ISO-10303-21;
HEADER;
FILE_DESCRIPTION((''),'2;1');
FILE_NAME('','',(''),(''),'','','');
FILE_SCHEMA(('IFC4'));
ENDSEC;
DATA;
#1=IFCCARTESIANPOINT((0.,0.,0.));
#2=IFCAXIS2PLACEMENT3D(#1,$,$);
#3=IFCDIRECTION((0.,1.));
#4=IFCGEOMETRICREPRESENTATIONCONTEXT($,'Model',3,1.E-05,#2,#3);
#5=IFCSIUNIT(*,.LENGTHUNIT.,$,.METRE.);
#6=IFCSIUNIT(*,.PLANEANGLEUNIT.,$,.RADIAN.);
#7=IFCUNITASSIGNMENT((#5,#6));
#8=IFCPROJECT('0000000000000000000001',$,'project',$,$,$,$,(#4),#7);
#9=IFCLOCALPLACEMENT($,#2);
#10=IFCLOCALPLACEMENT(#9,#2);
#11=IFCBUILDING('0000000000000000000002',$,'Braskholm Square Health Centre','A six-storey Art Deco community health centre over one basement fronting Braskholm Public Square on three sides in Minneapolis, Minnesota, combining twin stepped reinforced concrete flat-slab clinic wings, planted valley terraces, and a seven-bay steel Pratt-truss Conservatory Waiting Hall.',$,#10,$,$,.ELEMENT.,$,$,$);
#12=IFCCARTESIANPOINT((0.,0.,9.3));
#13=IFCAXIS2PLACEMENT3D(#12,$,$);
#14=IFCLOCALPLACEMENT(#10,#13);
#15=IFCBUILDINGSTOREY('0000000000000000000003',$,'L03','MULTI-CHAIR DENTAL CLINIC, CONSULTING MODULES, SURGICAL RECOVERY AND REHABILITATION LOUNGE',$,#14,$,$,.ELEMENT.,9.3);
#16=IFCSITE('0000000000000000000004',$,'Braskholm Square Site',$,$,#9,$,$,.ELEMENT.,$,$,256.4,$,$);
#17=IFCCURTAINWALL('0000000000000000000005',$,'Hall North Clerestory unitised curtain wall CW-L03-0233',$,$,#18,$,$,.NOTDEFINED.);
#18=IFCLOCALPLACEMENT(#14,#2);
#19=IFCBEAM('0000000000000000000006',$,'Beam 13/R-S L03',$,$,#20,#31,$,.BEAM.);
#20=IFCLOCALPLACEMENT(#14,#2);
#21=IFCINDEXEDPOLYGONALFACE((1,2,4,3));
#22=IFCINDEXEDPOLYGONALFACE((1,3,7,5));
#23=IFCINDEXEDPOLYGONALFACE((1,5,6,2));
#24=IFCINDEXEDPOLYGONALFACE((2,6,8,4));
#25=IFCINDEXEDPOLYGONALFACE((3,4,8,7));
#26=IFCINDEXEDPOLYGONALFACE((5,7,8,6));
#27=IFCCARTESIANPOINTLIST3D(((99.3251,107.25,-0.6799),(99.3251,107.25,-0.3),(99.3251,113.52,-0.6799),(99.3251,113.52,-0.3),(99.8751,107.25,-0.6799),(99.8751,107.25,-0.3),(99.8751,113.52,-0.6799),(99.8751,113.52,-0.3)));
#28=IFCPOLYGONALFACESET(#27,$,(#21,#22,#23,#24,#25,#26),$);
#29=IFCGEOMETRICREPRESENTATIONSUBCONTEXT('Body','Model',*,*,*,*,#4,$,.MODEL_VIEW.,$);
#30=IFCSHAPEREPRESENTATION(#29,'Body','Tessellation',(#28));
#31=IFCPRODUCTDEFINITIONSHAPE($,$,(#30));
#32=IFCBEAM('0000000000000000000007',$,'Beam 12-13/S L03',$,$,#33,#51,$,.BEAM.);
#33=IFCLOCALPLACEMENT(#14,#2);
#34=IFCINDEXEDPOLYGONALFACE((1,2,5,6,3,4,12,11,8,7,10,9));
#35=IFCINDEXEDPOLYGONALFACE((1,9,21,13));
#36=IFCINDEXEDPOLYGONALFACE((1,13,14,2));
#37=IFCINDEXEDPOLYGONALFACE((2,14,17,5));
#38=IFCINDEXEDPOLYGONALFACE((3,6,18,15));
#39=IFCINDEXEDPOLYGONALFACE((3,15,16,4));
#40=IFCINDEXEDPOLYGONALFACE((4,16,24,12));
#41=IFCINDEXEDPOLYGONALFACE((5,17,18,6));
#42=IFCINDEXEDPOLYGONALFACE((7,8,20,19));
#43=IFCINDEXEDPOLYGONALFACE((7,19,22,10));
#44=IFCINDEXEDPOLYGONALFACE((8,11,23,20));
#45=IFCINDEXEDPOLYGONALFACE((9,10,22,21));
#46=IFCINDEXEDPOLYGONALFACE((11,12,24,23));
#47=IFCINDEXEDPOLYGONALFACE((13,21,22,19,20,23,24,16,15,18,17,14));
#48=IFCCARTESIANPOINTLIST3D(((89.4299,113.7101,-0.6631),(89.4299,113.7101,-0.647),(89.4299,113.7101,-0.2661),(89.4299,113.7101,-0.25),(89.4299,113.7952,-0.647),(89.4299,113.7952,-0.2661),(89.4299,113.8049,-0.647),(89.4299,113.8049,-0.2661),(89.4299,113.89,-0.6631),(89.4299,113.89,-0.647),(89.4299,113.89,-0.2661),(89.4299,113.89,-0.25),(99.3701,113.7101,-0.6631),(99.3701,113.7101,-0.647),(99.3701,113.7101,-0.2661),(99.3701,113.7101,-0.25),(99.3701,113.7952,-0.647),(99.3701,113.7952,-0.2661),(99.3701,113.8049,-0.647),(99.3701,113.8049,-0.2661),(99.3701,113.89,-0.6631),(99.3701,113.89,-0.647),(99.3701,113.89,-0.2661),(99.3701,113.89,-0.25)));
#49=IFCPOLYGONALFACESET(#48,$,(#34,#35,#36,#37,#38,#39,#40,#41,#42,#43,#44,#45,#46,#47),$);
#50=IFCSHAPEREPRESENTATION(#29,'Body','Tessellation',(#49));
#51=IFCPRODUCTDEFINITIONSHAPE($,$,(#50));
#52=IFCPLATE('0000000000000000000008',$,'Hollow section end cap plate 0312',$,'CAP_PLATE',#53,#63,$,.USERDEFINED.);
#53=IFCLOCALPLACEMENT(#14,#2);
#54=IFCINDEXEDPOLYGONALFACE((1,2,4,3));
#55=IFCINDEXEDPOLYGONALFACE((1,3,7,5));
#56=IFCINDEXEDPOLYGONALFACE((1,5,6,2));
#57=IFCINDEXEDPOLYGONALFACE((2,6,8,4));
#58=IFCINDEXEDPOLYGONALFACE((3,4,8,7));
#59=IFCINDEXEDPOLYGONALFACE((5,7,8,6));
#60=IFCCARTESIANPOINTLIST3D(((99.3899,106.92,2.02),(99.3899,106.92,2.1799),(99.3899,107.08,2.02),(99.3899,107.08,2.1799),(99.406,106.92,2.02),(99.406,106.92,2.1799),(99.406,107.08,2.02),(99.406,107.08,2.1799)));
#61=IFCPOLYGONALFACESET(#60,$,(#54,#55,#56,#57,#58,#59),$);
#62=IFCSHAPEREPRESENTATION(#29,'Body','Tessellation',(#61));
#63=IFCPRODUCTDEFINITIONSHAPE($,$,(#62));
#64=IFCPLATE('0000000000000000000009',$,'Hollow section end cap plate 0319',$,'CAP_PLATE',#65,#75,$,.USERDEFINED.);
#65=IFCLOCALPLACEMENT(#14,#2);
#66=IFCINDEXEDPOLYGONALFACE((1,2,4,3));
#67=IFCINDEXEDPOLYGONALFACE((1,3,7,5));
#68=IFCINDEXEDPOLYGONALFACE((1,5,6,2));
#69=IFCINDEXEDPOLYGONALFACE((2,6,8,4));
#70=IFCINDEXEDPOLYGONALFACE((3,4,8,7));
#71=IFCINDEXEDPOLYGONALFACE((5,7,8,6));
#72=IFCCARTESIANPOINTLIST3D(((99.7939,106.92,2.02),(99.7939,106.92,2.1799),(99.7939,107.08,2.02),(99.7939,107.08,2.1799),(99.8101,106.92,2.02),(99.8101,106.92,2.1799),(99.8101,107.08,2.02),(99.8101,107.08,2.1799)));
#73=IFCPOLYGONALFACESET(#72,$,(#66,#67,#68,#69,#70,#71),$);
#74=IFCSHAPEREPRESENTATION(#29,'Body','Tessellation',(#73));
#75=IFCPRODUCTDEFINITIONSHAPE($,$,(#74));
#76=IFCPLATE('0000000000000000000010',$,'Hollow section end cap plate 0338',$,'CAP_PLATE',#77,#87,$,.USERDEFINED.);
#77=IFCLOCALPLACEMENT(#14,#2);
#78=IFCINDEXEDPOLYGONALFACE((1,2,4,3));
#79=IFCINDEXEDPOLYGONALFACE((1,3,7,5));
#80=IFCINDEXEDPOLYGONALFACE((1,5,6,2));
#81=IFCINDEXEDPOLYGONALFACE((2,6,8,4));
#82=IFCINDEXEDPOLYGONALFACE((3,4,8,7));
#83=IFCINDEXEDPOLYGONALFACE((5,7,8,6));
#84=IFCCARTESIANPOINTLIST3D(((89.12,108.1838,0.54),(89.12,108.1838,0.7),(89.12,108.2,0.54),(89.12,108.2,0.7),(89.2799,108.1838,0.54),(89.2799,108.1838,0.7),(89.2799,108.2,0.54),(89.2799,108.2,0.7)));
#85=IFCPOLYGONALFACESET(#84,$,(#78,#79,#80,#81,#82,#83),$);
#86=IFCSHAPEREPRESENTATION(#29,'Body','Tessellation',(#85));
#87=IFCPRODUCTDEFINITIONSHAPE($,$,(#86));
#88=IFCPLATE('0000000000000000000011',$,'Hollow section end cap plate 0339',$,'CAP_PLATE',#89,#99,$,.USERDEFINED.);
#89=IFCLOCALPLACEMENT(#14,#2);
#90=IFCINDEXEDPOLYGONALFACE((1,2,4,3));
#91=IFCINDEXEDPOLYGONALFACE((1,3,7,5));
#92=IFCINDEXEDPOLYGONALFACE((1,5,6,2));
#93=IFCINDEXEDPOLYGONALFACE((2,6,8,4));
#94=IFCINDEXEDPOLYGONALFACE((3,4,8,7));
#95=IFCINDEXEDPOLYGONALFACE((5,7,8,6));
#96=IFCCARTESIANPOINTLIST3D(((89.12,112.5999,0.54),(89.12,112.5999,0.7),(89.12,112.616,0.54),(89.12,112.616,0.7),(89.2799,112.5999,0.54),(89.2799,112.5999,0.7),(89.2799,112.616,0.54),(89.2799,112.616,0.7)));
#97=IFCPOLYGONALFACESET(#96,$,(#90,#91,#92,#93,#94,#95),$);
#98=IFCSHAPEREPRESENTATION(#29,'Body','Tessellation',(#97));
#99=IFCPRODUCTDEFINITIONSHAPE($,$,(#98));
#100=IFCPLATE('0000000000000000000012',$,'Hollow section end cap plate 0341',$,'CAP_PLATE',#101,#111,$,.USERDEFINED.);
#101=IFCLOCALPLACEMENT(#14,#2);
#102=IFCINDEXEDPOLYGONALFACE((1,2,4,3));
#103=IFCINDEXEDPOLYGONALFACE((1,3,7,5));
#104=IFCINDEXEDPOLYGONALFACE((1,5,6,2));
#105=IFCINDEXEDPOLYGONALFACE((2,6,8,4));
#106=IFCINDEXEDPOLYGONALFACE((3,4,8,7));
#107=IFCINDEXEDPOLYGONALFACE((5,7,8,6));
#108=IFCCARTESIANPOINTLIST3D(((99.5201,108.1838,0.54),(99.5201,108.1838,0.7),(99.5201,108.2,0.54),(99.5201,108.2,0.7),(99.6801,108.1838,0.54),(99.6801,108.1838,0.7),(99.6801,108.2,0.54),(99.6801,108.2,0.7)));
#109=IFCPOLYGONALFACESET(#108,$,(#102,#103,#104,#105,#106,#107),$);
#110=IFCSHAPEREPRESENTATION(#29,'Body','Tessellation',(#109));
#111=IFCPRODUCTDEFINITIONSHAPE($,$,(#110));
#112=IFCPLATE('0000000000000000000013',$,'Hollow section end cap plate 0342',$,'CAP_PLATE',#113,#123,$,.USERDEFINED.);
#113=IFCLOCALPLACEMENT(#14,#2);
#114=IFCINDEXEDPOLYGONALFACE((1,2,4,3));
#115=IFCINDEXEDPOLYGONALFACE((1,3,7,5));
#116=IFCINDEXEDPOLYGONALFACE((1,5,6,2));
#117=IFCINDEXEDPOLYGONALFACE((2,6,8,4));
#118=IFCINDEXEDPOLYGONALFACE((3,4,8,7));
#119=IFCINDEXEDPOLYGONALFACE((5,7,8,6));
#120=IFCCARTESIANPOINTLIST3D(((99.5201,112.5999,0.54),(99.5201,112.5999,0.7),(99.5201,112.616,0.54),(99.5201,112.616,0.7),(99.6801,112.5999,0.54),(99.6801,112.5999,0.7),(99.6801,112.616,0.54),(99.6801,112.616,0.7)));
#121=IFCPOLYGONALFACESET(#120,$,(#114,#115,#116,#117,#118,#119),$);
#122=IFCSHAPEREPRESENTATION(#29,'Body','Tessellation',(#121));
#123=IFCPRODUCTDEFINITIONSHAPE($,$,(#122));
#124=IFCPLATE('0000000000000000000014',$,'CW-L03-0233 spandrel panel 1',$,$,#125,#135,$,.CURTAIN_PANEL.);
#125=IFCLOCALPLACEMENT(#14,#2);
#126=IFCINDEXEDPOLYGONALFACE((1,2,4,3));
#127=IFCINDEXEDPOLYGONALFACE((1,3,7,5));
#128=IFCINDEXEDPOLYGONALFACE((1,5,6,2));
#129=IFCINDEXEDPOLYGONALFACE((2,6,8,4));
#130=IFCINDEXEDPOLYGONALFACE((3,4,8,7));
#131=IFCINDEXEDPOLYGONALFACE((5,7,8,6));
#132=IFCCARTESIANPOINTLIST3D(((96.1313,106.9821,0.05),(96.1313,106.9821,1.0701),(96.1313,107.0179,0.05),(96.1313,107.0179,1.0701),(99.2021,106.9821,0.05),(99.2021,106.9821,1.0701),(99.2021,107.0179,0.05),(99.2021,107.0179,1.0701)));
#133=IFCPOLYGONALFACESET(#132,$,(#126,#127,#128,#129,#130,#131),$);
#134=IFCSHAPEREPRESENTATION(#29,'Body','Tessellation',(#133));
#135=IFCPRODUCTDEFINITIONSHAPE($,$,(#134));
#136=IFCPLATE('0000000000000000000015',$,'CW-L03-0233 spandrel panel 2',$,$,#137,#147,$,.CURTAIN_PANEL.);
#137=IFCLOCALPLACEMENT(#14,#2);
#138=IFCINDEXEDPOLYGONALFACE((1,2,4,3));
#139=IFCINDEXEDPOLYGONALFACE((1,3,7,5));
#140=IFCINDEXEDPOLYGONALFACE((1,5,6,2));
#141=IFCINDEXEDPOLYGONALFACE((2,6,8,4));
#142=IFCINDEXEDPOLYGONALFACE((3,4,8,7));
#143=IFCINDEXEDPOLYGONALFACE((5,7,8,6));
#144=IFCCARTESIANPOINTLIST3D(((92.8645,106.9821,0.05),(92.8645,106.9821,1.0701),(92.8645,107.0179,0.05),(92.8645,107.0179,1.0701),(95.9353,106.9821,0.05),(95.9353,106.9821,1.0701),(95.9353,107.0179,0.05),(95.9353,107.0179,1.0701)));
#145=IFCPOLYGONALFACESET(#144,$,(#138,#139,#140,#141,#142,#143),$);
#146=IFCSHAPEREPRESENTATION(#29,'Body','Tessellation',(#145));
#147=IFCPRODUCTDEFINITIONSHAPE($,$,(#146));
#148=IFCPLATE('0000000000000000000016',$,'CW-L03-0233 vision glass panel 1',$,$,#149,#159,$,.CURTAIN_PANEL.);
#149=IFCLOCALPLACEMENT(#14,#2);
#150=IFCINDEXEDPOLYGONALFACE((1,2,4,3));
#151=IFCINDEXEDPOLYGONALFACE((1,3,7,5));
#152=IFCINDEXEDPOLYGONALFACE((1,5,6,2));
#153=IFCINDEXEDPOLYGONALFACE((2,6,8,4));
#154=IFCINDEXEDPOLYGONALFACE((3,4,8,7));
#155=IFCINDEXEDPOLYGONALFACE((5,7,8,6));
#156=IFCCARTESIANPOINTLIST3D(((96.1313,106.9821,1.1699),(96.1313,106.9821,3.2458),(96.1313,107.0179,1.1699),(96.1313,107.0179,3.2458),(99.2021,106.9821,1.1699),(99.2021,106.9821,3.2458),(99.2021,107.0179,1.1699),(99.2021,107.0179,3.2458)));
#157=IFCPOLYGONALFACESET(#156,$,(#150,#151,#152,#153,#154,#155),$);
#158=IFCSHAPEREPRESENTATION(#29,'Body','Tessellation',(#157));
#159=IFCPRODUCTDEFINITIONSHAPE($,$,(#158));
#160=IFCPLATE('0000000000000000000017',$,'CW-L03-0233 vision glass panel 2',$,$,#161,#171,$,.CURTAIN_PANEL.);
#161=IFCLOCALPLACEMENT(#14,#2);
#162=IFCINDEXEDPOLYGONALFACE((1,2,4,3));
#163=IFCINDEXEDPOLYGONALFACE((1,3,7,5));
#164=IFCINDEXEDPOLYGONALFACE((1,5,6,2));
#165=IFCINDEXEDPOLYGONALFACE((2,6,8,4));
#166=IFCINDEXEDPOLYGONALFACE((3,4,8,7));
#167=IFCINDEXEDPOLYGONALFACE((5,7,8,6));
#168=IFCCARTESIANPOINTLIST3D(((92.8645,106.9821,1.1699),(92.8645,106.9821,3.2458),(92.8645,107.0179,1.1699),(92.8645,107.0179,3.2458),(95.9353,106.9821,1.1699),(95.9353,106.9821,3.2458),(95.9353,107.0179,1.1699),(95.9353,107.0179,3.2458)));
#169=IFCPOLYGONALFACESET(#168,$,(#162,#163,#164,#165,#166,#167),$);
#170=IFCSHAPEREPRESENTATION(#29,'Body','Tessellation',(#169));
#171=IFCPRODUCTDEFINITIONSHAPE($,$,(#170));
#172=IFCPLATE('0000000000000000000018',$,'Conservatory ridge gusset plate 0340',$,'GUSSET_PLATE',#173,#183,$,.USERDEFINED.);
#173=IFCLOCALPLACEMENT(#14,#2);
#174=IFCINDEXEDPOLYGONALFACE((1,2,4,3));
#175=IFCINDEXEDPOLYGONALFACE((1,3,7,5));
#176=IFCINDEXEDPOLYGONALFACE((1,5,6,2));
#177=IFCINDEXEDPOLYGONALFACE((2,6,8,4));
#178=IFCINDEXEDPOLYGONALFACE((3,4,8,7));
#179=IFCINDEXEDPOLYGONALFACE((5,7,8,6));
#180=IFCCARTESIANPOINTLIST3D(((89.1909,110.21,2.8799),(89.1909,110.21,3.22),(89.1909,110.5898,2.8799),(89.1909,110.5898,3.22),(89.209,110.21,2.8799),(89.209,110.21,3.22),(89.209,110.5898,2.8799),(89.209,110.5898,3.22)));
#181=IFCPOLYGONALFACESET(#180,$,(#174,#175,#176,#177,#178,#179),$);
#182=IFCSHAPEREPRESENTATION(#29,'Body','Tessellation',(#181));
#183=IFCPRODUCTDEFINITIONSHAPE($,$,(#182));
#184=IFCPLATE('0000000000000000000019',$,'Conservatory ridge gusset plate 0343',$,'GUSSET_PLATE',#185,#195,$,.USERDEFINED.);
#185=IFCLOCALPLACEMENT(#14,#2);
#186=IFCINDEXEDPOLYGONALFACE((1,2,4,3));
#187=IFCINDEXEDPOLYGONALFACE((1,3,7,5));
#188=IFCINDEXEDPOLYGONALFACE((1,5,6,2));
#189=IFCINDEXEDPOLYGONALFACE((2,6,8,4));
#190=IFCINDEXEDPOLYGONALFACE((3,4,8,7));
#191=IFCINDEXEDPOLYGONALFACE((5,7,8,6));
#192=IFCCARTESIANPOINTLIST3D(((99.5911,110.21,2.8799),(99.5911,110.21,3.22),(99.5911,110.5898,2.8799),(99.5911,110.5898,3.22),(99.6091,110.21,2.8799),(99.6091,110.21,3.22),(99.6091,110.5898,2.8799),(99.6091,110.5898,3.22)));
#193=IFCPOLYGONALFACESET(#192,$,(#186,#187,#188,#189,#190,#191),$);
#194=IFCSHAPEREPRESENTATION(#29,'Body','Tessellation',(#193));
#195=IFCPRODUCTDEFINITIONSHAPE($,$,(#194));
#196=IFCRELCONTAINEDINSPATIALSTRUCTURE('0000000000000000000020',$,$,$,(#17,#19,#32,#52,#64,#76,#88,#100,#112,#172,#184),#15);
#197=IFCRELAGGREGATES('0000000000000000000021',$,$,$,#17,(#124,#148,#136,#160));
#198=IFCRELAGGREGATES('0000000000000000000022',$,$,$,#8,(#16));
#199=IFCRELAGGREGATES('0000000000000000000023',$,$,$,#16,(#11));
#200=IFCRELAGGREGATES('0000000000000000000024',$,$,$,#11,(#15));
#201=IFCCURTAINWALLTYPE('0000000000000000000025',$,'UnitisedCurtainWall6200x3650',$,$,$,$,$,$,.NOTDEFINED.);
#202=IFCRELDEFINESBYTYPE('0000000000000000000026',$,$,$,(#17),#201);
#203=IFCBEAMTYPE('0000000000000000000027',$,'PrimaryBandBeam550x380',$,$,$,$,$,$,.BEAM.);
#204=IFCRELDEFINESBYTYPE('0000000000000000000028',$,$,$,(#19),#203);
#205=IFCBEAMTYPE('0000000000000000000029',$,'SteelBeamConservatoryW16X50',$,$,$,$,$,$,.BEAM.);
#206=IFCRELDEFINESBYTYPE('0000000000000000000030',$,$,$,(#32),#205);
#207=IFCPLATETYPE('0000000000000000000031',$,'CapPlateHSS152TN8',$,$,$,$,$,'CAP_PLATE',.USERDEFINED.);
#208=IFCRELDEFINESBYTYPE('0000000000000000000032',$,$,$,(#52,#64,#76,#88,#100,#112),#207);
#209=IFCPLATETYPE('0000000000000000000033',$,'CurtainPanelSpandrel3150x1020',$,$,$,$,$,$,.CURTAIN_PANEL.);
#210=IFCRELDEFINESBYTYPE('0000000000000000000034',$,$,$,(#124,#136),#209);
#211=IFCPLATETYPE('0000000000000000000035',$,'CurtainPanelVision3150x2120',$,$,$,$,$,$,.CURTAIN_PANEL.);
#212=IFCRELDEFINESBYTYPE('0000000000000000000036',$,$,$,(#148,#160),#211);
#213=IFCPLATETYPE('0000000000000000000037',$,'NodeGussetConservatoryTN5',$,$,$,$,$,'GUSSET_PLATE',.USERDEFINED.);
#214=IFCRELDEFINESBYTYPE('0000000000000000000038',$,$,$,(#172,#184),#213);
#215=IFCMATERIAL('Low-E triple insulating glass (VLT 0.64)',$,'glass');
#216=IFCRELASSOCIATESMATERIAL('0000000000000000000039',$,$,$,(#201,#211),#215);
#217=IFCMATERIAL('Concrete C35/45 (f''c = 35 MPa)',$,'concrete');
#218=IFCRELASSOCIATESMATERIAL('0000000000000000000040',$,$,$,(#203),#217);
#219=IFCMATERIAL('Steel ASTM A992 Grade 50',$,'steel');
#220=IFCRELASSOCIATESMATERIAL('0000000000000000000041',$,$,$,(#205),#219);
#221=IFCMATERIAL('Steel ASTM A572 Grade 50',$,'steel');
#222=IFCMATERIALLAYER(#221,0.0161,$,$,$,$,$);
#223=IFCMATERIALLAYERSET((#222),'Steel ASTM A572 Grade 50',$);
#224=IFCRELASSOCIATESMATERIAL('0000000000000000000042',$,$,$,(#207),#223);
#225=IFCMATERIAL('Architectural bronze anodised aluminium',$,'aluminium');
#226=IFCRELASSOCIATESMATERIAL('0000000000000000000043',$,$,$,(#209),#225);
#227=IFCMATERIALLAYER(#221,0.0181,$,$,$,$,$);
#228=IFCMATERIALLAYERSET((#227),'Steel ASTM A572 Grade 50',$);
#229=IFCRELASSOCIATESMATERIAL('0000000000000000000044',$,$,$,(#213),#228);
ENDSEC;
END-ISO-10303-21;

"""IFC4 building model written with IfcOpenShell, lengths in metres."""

from ifc_helpers import new_model, si_unit, direction, frame, origin, origin_2d, place, context, subcontext, project, spatial, rectangle, i_section, extrude, material, layer, layer_set, material_profile, profile_set, type_object, element, aggregate, save


model = new_model("IFC4")

# Units and contexts
model_context = context("Model", 3, precision=1e-05, world=origin(), true_north=direction((0.0, 1.0)))
body_context = subcontext(model_context, "Body", "Model", "MODEL_VIEW")
ifc_project = project(units=[si_unit("LENGTHUNIT", "METRE"), si_unit("PLANEANGLEUNIT", "RADIAN")], contexts=[model_context])

# Site, building, storey
site_placement = place(None, origin())
site = spatial("IfcSite", under=ifc_project, at=site_placement, Name="Braskholm Square Site", CompositionType="ELEMENT", RefElevation=256.4)
building_placement = place(site_placement, origin())
building = spatial("IfcBuilding", under=site, at=building_placement, Name="Braskholm Square Health Centre", Description="A six-storey Art Deco community health centre over one basement fronting Braskholm Public Square on three sides in Minneapolis, Minnesota, combining twin stepped reinforced concrete flat-slab clinic wings, planted valley terraces, and a seven-bay steel Pratt-truss Conservatory Waiting Hall.", CompositionType="ELEMENT")
storey_placement = place(building_placement, frame((0.0, 0.0, 9.3)))
storey = spatial("IfcBuildingStorey", under=building, at=storey_placement, Name="L03", Description="MULTI-CHAIR DENTAL CLINIC, CONSULTING MODULES, SURGICAL RECOVERY AND REHABILITATION LOUNGE", CompositionType="ELEMENT", Elevation=9.3)

# Curtain wall
ifc_material_1 = material(Name="Low-E triple insulating glass (VLT 0.64)", Category="glass")
curtain_wall_type = type_object("IfcCurtainWallType", Name="UnitisedCurtainWall6200x3650", PredefinedType="NOTDEFINED", material=ifc_material_1)
curtain_wall_placement = place(storey_placement, origin())
curtain_wall = element("IfcCurtainWall", 1, at=curtain_wall_placement, inside=storey, type_object=curtain_wall_type, Name="Hall North Clerestory unitised curtain wall CW-L03-0233", PredefinedType="NOTDEFINED")
ifc_material_2 = material(Name="Architectural bronze anodised aluminium", Category="aluminium")

# Beams
ifc_material_3 = material(Name="Concrete C35/45 (f'c = 35 MPa)", Category="concrete")
ifc_material_profile_1 = material_profile(ifc_material_3, rectangle(XDim=0.55, YDim=0.3799, at=origin_2d()), Name="RCB-550X380")
ifc_profile_set_1 = profile_set([ifc_material_profile_1], Name="Concrete C35/45 (f'c = 35 MPa)")
beam_type_1 = type_object("IfcBeamType", Name="PrimaryBandBeam550x380", PredefinedType="BEAM", material=ifc_profile_set_1)
for number, where, z_axis, x_axis, name in (
    (2, (99.6001, 107.25, -0.49), (0.0, 1.0, 0.0), (-1.0, 0.0, 0.0), "Beam 13/R-S L03"),
):
    element("IfcBeam", number, at=place(storey_placement, frame(where, z_axis=z_axis, x_axis=x_axis)), inside=storey, type_object=beam_type_1, Name=name, PredefinedType="BEAM", context=body_context, shape_type="SweptSolid", body=[
        extrude(rectangle(XDim=0.55, YDim=0.3799, at=origin_2d()), origin(), (0.0, 0.0, 1.0), 6.27),
    ])
ifc_material_4 = material(Name="Steel ASTM A992 Grade 50", Category="steel")
ifc_material_profile_2 = material_profile(ifc_material_4, i_section(OverallWidth=0.1799, OverallDepth=0.4131, WebThickness=0.0098, FlangeThickness=0.0161, at=origin_2d()), Name="W16X50")
ifc_profile_set_2 = profile_set([ifc_material_profile_2], Name="Steel ASTM A992 Grade 50")
beam_type_2 = type_object("IfcBeamType", Name="SteelBeamConservatoryW16X50", PredefinedType="BEAM", material=ifc_profile_set_2)
beam_placement = place(storey_placement, frame((89.4299, 113.8, -0.4565), z_axis=(1.0, 0.0, 0.0), x_axis=(0.0, 1.0, 0.0)))
element("IfcBeam", 3, at=beam_placement, inside=storey, type_object=beam_type_2, Name="Beam 12-13/S L03", PredefinedType="BEAM", context=body_context, shape_type="SweptSolid", body=[
    extrude(i_section(OverallWidth=0.1799, OverallDepth=0.4131, WebThickness=0.0098, FlangeThickness=0.0161, at=origin_2d()), origin(), (0.0, 0.0, 1.0), 9.9402),
])

# Plates
ifc_material_5 = material(Name="Steel ASTM A572 Grade 50", Category="steel")
ifc_layer_1 = layer(ifc_material_5, 0.0161)
ifc_layer_set_1 = layer_set([ifc_layer_1], Name="Steel ASTM A572 Grade 50")
plate_type_1 = type_object("IfcPlateType", Name="CapPlateHSS152TN8", ElementType="CAP_PLATE", PredefinedType="USERDEFINED", material=ifc_layer_set_1)
for number, where, z_axis, x_axis, name in (
    (4, (99.3979, 107.0, 2.02), (0.0, 0.0, 1.0), (1.0, 0.0, 0.0), "Hollow section end cap plate 0312"),
    (5, (99.802, 107.0, 2.02), (0.0, 0.0, 1.0), (1.0, 0.0, 0.0), "Hollow section end cap plate 0319"),
    (6, (89.2, 108.1919, 0.54), (0.0, 0.0, 1.0), (0.0, 1.0, 0.0), "Hollow section end cap plate 0338"),
    (7, (89.2, 112.6079, 0.54), (0.0, 0.0, 1.0), (0.0, 1.0, 0.0), "Hollow section end cap plate 0339"),
    (8, (99.6001, 108.1919, 0.54), (0.0, 0.0, 1.0), (0.0, 1.0, 0.0), "Hollow section end cap plate 0341"),
    (9, (99.6001, 112.6079, 0.54), (0.0, 0.0, 1.0), (0.0, 1.0, 0.0), "Hollow section end cap plate 0342"),
):
    element("IfcPlate", number, at=place(storey_placement, frame(where, z_axis=z_axis, x_axis=x_axis)), inside=storey, type_object=plate_type_1, Name=name, ObjectType="CAP_PLATE", PredefinedType="USERDEFINED", context=body_context, shape_type="SweptSolid", body=[
        extrude(rectangle(XDim=0.0161, YDim=0.1599, at=origin_2d()), origin(), (0.0, 0.0, 1.0), 0.1599),
    ])

# Plates
plate_type_2 = type_object("IfcPlateType", Name="CurtainPanelSpandrel3150x1020", PredefinedType="CURTAIN_PANEL", material=ifc_material_2)
plate_1_placement = place(storey_placement, frame((97.6667, 107.0, 0.05), z_axis=(0.0, 0.0, 1.0), x_axis=(-1.0, 0.0, 0.0)))
plate_1 = element("IfcPlate", 10, at=plate_1_placement, type_object=plate_type_2, Name="CW-L03-0233 spandrel panel 1", PredefinedType="CURTAIN_PANEL", context=body_context, shape_type="SweptSolid", body=[
    extrude(rectangle(XDim=3.0708, YDim=0.0359, at=origin_2d()), origin(), (0.0, 0.0, 1.0), 1.02),
])
plate_2_placement = place(storey_placement, frame((94.3999, 107.0, 0.05), z_axis=(0.0, 0.0, 1.0), x_axis=(-1.0, 0.0, 0.0)))
plate_2 = element("IfcPlate", 11, at=plate_2_placement, type_object=plate_type_2, Name="CW-L03-0233 spandrel panel 2", PredefinedType="CURTAIN_PANEL", context=body_context, shape_type="SweptSolid", body=[
    extrude(rectangle(XDim=3.0708, YDim=0.0359, at=origin_2d()), origin(), (0.0, 0.0, 1.0), 1.02),
])
plate_type_3 = type_object("IfcPlateType", Name="CurtainPanelVision3150x2120", PredefinedType="CURTAIN_PANEL", material=ifc_material_1)
plate_3_placement = place(storey_placement, frame((97.6667, 107.0, 1.1699), z_axis=(0.0, 0.0, 1.0), x_axis=(-1.0, 0.0, 0.0)))
plate_3 = element("IfcPlate", 12, at=plate_3_placement, type_object=plate_type_3, Name="CW-L03-0233 vision glass panel 1", PredefinedType="CURTAIN_PANEL", context=body_context, shape_type="SweptSolid", body=[
    extrude(rectangle(XDim=3.0708, YDim=0.0359, at=origin_2d()), origin(), (0.0, 0.0, 1.0), 2.0759),
])
plate_4_placement = place(storey_placement, frame((94.3999, 107.0, 1.1699), z_axis=(0.0, 0.0, 1.0), x_axis=(-1.0, 0.0, 0.0)))
plate_4 = element("IfcPlate", 13, at=plate_4_placement, type_object=plate_type_3, Name="CW-L03-0233 vision glass panel 2", PredefinedType="CURTAIN_PANEL", context=body_context, shape_type="SweptSolid", body=[
    extrude(rectangle(XDim=3.0708, YDim=0.0359, at=origin_2d()), origin(), (0.0, 0.0, 1.0), 2.0759),
])
aggregate(curtain_wall, [plate_1, plate_3, plate_2, plate_4])

# Plates
ifc_layer_2 = layer(ifc_material_5, 0.0181)
ifc_layer_set_2 = layer_set([ifc_layer_2], Name="Steel ASTM A572 Grade 50")
plate_type_4 = type_object("IfcPlateType", Name="NodeGussetConservatoryTN5", ElementType="GUSSET_PLATE", PredefinedType="USERDEFINED", material=ifc_layer_set_2)
for number, where, z_axis, x_axis, name in (
    (14, (89.2, 110.3999, 2.8799), (0.0, 0.0, 1.0), (1.0, 0.0, 0.0), "Conservatory ridge gusset plate 0340"),
    (15, (99.6001, 110.3999, 2.8799), (0.0, 0.0, 1.0), (1.0, 0.0, 0.0), "Conservatory ridge gusset plate 0343"),
):
    element("IfcPlate", number, at=place(storey_placement, frame(where, z_axis=z_axis, x_axis=x_axis)), inside=storey, type_object=plate_type_4, Name=name, ObjectType="GUSSET_PLATE", PredefinedType="USERDEFINED", context=body_context, shape_type="SweptSolid", body=[
        extrude(rectangle(XDim=0.0181, YDim=0.3799, at=origin_2d()), origin(), (0.0, 0.0, 1.0), 0.3401),
    ])

save(model, "model.ifc")
